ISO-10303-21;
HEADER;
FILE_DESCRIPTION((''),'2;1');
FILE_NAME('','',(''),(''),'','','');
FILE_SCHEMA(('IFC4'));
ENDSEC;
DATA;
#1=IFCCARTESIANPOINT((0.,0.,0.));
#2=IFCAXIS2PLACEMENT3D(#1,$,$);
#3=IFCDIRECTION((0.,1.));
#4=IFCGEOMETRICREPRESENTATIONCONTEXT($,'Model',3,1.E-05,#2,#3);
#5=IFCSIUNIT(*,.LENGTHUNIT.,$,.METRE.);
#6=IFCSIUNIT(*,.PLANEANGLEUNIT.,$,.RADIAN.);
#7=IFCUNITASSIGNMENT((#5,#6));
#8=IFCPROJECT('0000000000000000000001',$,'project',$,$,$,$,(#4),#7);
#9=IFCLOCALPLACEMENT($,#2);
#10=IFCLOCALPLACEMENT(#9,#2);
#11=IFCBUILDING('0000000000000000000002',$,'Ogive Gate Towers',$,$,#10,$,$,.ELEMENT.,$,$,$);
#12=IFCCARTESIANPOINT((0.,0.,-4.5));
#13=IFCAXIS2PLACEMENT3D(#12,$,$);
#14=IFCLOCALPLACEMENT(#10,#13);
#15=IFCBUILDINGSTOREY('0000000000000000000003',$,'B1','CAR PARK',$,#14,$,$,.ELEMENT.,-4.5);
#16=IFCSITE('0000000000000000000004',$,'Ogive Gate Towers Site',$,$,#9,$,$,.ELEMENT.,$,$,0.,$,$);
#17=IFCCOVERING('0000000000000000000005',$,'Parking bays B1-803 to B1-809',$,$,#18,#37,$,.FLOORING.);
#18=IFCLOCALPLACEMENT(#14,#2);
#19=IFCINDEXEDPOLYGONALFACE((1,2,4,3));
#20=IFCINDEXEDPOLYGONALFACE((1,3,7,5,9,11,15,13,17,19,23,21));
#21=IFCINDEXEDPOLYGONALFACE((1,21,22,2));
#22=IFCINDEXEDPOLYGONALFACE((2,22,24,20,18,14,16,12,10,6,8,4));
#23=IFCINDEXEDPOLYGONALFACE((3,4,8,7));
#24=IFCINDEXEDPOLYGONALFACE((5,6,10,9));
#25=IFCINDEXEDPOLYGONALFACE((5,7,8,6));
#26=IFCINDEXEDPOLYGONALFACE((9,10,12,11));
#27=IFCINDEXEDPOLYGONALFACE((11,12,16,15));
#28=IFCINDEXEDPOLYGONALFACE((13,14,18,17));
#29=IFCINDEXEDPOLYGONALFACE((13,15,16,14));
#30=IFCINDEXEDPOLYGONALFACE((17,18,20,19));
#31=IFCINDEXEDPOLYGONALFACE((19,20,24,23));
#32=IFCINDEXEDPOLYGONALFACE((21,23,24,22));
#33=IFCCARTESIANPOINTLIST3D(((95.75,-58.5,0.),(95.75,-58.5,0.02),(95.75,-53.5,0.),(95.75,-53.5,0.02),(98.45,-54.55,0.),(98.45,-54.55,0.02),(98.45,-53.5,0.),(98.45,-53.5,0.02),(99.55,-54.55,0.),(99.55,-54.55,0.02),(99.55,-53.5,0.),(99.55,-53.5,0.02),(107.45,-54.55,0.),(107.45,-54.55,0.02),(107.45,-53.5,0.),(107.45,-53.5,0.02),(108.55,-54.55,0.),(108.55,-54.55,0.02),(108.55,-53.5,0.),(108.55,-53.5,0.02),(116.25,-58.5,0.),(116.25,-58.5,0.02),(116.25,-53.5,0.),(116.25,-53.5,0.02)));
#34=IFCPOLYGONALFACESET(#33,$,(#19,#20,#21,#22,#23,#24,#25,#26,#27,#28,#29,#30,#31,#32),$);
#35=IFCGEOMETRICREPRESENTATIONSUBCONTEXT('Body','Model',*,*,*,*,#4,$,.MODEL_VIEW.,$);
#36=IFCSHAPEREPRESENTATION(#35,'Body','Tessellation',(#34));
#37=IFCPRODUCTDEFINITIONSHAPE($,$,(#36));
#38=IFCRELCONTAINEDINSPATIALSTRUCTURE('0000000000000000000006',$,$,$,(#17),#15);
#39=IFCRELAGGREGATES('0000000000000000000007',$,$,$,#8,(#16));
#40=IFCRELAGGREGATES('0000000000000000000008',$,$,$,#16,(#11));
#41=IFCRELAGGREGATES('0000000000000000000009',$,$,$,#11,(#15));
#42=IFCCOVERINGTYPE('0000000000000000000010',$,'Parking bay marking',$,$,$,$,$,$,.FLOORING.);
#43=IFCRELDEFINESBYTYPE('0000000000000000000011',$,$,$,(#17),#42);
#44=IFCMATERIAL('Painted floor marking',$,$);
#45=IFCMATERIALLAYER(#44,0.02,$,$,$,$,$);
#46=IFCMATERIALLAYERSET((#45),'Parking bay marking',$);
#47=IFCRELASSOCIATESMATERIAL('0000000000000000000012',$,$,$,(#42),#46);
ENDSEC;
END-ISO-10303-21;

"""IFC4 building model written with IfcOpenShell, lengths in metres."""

from ifc_helpers import new_model, si_unit, direction, frame, origin, place, context, subcontext, project, spatial, polyline, outline, extrude, material, layer, layer_set, type_object, element, save


model = new_model("IFC4")

# Units and contexts
model_context = context("Model", 3, precision=1e-05, world=origin(), true_north=direction((0.0, 1.0)))
body_context = subcontext(model_context, "Body", "Model", "MODEL_VIEW")
ifc_project = project(units=[si_unit("LENGTHUNIT", "METRE"), si_unit("PLANEANGLEUNIT", "RADIAN")], contexts=[model_context])

# Site, building, storey
site_placement = place(None, origin())
site = spatial("IfcSite", under=ifc_project, at=site_placement, Name="Ogive Gate Towers Site", CompositionType="ELEMENT", RefElevation=0.0)
building_placement = place(site_placement, origin())
building = spatial("IfcBuilding", under=site, at=building_placement, Name="Ogive Gate Towers", CompositionType="ELEMENT")
storey_placement = place(building_placement, frame((0.0, 0.0, -4.5)))
storey = spatial("IfcBuildingStorey", under=building, at=storey_placement, Name="B1", Description="CAR PARK", CompositionType="ELEMENT", Elevation=-4.5)

# Covering
ifc_material_1 = material(Name="Painted floor marking")
ifc_layer_1 = layer(ifc_material_1, 0.02)
ifc_layer_set_1 = layer_set([ifc_layer_1], Name="Parking bay marking")
covering_type_1 = type_object("IfcCoveringType", Name="Parking bay marking", PredefinedType="FLOORING", material=ifc_layer_set_1)
covering_1_placement = place(storey_placement, origin())
element("IfcCovering", 1, at=covering_1_placement, inside=storey, type_object=covering_type_1, Name="Parking bays B1-803 to B1-809", PredefinedType="FLOORING", context=body_context, shape_type="SweptSolid", body=[
    extrude(outline(polyline([(98.45, -53.5), (98.45, -54.55), (99.55, -54.55), (99.55, -53.5), (107.45, -53.5), (107.45, -54.55), (108.55, -54.55), (108.55, -53.5), (116.25, -53.5), (116.25, -58.5), (95.75, -58.5), (95.75, -53.5), (98.45, -53.5)])), origin(), (0.0, 0.0, 1.0), 0.02),
])

save(model, "model.ifc")
